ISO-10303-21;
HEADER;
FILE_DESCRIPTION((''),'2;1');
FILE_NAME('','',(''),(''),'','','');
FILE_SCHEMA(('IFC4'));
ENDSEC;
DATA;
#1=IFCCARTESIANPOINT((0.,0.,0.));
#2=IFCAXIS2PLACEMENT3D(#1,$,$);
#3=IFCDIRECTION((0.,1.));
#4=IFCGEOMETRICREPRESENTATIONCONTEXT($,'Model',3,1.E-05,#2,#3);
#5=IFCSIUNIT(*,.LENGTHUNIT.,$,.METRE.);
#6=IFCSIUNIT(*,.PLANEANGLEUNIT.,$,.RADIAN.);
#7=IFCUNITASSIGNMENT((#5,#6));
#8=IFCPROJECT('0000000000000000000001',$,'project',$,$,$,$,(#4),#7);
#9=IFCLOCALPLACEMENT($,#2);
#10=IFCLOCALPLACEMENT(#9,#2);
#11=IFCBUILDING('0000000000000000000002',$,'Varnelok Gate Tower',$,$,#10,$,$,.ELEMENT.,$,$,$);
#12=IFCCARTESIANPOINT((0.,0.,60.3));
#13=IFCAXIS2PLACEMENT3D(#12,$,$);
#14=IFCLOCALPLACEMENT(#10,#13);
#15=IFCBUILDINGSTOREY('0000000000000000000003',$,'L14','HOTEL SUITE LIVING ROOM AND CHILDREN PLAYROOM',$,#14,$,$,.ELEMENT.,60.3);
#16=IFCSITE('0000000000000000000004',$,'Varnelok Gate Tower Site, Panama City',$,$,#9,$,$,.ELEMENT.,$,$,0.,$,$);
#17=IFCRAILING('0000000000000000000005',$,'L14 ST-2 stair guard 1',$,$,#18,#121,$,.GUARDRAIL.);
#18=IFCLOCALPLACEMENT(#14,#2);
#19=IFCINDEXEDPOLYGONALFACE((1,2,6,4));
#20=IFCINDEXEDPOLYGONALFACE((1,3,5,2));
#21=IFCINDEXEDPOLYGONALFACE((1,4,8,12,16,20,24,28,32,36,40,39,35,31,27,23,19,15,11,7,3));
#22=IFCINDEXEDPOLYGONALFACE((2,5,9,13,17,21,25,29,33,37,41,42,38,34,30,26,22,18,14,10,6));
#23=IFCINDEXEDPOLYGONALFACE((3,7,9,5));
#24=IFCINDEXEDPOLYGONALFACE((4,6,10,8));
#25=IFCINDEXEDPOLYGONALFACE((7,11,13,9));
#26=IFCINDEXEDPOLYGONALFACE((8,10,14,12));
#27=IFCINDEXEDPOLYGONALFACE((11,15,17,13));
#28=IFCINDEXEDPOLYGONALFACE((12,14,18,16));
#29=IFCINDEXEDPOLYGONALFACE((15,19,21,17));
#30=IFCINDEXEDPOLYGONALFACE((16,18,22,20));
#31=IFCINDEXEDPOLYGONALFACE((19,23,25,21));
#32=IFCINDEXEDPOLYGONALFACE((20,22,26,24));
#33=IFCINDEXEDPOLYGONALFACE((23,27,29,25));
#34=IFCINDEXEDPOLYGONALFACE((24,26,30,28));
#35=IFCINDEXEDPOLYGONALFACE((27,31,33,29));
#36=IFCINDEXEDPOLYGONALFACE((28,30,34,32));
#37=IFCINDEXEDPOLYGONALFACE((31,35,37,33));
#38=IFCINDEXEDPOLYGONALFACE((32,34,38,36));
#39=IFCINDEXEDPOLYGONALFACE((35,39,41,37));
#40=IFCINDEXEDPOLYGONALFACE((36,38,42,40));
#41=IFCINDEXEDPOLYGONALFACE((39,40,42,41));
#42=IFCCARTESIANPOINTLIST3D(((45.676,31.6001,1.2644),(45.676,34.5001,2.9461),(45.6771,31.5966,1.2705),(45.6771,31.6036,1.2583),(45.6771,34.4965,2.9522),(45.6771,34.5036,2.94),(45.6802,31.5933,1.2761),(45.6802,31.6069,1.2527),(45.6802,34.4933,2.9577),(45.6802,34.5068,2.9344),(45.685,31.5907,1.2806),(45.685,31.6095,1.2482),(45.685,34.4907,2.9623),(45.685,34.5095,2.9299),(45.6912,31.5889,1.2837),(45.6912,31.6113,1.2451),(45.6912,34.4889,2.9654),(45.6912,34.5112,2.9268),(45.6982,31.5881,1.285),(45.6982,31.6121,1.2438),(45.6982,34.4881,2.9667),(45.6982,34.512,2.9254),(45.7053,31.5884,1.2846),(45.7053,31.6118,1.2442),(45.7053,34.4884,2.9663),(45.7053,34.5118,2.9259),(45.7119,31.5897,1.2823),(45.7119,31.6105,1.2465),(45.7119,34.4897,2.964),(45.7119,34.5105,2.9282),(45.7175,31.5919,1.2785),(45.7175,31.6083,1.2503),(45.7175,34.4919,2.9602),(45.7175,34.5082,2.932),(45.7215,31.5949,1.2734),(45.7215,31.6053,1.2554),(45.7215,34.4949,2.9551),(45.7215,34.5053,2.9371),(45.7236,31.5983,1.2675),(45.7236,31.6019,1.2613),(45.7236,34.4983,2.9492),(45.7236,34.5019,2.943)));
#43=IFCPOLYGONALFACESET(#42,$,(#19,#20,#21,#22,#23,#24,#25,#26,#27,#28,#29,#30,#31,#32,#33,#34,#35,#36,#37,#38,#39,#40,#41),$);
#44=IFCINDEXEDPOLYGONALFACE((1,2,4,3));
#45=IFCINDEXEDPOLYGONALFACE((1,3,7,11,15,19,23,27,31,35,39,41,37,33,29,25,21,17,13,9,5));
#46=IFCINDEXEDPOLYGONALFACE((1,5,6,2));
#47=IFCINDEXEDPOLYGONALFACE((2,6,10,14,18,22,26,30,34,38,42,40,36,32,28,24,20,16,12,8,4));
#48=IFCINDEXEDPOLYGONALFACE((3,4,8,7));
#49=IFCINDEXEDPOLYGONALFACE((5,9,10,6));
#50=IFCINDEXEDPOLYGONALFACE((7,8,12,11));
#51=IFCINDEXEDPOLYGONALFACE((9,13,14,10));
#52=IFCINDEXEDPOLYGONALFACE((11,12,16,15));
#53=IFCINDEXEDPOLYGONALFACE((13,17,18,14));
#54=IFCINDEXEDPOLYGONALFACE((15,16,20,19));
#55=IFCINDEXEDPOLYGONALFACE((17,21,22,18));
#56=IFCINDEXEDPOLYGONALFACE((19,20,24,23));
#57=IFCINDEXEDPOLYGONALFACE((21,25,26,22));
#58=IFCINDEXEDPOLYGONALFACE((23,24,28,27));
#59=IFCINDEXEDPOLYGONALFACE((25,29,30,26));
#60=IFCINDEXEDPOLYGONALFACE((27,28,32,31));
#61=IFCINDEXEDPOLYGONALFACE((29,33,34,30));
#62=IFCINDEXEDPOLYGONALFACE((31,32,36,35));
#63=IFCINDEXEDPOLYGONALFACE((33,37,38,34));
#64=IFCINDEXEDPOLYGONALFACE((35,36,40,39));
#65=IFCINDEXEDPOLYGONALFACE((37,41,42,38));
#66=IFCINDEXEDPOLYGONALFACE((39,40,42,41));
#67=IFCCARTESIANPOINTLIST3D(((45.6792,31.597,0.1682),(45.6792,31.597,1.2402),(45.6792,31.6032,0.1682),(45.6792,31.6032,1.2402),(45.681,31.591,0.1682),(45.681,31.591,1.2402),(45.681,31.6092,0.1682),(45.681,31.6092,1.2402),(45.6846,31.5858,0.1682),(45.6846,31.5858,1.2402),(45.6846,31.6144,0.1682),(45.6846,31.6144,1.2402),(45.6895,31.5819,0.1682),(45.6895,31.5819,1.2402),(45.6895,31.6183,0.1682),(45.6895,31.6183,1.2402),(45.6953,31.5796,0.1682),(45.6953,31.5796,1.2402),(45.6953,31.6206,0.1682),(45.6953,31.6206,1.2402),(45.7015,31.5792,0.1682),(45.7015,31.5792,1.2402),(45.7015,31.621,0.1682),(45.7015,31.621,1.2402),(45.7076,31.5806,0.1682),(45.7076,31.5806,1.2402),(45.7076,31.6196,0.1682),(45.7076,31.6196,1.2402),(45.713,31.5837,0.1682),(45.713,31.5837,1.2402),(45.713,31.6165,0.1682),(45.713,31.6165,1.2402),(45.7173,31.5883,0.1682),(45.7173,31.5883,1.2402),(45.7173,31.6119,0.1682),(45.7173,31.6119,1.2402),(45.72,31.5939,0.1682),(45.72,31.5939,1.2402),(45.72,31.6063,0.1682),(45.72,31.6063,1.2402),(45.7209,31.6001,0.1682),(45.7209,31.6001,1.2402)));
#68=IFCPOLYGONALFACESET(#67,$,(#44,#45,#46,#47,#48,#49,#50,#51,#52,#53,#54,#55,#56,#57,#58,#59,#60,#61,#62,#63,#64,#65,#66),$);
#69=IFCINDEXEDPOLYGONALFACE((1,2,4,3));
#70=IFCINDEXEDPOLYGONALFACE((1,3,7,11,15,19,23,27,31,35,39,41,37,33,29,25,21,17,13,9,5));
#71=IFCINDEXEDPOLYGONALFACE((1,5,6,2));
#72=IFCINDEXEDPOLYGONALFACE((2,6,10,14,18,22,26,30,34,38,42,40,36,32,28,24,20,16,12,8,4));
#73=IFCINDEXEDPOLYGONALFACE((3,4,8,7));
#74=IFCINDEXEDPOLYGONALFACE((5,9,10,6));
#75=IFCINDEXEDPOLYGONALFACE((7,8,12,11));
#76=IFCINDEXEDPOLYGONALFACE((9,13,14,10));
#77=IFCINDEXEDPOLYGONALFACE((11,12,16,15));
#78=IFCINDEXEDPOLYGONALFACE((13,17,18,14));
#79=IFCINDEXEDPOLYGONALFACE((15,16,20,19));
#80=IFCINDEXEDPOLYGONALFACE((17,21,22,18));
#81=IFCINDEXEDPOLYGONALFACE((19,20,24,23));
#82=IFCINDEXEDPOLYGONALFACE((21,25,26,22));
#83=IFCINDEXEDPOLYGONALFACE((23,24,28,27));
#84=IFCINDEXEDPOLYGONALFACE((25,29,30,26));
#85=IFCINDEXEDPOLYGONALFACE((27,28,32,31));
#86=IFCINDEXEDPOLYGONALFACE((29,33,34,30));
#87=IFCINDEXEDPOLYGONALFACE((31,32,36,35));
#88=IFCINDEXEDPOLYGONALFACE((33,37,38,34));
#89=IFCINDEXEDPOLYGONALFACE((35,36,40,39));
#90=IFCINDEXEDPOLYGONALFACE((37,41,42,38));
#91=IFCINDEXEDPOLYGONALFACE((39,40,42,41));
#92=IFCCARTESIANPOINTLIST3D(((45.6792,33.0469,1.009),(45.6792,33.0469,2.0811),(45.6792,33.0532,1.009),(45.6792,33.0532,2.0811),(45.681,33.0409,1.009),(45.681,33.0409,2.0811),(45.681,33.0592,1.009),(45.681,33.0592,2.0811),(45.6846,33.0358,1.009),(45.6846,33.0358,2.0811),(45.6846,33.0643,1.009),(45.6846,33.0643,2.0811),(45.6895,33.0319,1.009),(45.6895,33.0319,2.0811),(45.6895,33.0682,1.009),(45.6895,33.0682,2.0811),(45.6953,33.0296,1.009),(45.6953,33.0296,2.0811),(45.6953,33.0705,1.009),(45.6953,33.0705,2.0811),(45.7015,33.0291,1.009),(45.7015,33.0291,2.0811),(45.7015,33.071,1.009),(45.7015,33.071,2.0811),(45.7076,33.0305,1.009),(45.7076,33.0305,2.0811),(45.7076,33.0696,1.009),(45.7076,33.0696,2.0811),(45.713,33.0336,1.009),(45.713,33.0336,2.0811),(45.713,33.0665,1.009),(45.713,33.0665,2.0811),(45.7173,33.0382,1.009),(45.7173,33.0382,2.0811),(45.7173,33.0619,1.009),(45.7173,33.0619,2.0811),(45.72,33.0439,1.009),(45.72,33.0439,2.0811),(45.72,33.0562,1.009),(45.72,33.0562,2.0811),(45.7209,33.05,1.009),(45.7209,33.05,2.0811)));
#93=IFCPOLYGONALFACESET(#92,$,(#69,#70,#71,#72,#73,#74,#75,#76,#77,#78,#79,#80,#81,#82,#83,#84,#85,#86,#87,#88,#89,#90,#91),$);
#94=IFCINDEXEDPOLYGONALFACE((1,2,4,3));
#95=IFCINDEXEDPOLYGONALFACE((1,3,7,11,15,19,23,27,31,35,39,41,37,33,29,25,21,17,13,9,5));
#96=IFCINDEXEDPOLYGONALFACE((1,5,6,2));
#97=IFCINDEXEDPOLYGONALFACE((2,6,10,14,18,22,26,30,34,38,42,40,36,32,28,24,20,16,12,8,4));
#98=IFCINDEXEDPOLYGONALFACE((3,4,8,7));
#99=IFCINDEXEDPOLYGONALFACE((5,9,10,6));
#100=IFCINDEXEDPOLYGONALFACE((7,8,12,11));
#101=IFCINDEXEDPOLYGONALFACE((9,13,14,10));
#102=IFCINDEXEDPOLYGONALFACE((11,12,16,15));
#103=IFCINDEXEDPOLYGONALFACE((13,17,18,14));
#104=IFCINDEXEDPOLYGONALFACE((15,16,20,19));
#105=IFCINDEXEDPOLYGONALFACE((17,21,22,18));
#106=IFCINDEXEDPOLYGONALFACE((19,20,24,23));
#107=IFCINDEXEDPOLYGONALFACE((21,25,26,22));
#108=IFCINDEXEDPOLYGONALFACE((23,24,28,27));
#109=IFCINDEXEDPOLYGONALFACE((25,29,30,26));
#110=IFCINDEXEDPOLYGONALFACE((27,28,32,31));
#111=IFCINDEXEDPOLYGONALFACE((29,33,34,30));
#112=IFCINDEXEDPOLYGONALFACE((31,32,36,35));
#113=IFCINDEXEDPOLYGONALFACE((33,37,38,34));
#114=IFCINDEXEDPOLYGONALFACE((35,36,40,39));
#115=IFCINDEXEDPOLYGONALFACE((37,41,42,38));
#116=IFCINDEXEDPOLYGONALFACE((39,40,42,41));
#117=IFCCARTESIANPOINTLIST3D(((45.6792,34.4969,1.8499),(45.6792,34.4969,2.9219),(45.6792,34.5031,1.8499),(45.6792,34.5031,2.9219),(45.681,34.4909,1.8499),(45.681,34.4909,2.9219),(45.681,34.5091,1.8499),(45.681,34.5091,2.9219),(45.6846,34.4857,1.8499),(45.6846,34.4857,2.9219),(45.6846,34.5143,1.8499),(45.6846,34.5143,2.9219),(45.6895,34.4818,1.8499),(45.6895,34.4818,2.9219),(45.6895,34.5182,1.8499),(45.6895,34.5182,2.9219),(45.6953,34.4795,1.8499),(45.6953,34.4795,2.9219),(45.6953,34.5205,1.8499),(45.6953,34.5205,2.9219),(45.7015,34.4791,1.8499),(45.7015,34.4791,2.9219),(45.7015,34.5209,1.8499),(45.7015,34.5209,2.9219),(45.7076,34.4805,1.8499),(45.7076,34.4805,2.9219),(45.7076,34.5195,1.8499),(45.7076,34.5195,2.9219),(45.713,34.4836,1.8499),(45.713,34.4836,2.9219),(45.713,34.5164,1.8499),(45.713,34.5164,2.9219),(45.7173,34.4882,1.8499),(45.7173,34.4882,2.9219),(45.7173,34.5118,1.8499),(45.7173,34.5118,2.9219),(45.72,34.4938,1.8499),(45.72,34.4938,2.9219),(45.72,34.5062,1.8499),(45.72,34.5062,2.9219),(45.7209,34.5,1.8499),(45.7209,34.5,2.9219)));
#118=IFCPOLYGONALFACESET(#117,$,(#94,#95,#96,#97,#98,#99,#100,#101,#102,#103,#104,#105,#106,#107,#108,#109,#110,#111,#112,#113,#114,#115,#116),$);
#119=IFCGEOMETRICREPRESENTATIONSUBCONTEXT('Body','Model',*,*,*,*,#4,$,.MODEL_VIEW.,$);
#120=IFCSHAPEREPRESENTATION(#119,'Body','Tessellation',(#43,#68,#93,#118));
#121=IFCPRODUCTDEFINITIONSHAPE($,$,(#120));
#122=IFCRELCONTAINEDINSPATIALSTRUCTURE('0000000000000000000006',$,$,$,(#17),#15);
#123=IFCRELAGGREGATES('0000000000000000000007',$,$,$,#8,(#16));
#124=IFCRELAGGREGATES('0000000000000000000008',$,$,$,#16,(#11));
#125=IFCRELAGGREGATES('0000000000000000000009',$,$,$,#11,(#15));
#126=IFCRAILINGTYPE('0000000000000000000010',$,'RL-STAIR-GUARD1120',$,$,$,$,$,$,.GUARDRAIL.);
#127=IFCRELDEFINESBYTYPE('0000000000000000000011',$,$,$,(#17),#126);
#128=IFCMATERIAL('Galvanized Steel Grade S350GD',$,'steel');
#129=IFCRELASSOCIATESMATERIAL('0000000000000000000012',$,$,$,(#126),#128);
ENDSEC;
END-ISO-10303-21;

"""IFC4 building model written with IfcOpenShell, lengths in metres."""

from ifc_helpers import new_model, si_unit, direction, frame, origin, origin_2d, place, context, subcontext, project, spatial, circle, extrude, material, type_object, element, save


model = new_model("IFC4")

# Units and contexts
model_context = context("Model", 3, precision=1e-05, world=origin(), true_north=direction((0.0, 1.0)))
body_context = subcontext(model_context, "Body", "Model", "MODEL_VIEW")
ifc_project = project(units=[si_unit("LENGTHUNIT", "METRE"), si_unit("PLANEANGLEUNIT", "RADIAN")], contexts=[model_context])

# Site, building, storey
site_placement = place(None, origin())
site = spatial("IfcSite", under=ifc_project, at=site_placement, Name="Varnelok Gate Tower Site, Panama City", CompositionType="ELEMENT", RefElevation=0.0)
building_placement = place(site_placement, origin())
building = spatial("IfcBuilding", under=site, at=building_placement, Name="Varnelok Gate Tower", CompositionType="ELEMENT")
storey_placement = place(building_placement, frame((0.0, 0.0, 60.3)))
storey = spatial("IfcBuildingStorey", under=building, at=storey_placement, Name="L14", Description="HOTEL SUITE LIVING ROOM AND CHILDREN PLAYROOM", CompositionType="ELEMENT", Elevation=60.3)

# Shared definitions
ifc_material_1 = material(Name="Galvanized Steel Grade S350GD", Category="steel")

# Railing
railing_type_1 = type_object("IfcRailingType", Name="RL-STAIR-GUARD1120", PredefinedType="GUARDRAIL", material=ifc_material_1)
railing_1_placement = place(storey_placement, frame((45.7, 31.6001, 0.1682)))
element("IfcRailing", 1, at=railing_1_placement, inside=storey, type_object=railing_type_1, Name="L14 ST-2 stair guard 1", PredefinedType="GUARDRAIL", context=body_context, shape_type="SweptSolid", body=[
    extrude(circle(Radius=0.0239, at=origin_2d()), frame((0.0, 0.0, 1.0962), z_axis=(0.0, 0.86507, 0.501651), x_axis=(-1.0, 0.0, 0.0)), (0.0, 0.0, 1.0), 3.3523),
    extrude(circle(Radius=0.021, at=origin_2d()), origin(), (0.0, 0.0, 1.0), 1.072),
    extrude(circle(Radius=0.021, at=origin_2d()), frame((0.0, 1.45, 0.8408)), (0.0, 0.0, 1.0), 1.072),
    extrude(circle(Radius=0.021, at=origin_2d()), frame((0.0, 2.8999, 1.6816)), (0.0, 0.0, 1.0), 1.072),
])

save(model, "model.ifc")
